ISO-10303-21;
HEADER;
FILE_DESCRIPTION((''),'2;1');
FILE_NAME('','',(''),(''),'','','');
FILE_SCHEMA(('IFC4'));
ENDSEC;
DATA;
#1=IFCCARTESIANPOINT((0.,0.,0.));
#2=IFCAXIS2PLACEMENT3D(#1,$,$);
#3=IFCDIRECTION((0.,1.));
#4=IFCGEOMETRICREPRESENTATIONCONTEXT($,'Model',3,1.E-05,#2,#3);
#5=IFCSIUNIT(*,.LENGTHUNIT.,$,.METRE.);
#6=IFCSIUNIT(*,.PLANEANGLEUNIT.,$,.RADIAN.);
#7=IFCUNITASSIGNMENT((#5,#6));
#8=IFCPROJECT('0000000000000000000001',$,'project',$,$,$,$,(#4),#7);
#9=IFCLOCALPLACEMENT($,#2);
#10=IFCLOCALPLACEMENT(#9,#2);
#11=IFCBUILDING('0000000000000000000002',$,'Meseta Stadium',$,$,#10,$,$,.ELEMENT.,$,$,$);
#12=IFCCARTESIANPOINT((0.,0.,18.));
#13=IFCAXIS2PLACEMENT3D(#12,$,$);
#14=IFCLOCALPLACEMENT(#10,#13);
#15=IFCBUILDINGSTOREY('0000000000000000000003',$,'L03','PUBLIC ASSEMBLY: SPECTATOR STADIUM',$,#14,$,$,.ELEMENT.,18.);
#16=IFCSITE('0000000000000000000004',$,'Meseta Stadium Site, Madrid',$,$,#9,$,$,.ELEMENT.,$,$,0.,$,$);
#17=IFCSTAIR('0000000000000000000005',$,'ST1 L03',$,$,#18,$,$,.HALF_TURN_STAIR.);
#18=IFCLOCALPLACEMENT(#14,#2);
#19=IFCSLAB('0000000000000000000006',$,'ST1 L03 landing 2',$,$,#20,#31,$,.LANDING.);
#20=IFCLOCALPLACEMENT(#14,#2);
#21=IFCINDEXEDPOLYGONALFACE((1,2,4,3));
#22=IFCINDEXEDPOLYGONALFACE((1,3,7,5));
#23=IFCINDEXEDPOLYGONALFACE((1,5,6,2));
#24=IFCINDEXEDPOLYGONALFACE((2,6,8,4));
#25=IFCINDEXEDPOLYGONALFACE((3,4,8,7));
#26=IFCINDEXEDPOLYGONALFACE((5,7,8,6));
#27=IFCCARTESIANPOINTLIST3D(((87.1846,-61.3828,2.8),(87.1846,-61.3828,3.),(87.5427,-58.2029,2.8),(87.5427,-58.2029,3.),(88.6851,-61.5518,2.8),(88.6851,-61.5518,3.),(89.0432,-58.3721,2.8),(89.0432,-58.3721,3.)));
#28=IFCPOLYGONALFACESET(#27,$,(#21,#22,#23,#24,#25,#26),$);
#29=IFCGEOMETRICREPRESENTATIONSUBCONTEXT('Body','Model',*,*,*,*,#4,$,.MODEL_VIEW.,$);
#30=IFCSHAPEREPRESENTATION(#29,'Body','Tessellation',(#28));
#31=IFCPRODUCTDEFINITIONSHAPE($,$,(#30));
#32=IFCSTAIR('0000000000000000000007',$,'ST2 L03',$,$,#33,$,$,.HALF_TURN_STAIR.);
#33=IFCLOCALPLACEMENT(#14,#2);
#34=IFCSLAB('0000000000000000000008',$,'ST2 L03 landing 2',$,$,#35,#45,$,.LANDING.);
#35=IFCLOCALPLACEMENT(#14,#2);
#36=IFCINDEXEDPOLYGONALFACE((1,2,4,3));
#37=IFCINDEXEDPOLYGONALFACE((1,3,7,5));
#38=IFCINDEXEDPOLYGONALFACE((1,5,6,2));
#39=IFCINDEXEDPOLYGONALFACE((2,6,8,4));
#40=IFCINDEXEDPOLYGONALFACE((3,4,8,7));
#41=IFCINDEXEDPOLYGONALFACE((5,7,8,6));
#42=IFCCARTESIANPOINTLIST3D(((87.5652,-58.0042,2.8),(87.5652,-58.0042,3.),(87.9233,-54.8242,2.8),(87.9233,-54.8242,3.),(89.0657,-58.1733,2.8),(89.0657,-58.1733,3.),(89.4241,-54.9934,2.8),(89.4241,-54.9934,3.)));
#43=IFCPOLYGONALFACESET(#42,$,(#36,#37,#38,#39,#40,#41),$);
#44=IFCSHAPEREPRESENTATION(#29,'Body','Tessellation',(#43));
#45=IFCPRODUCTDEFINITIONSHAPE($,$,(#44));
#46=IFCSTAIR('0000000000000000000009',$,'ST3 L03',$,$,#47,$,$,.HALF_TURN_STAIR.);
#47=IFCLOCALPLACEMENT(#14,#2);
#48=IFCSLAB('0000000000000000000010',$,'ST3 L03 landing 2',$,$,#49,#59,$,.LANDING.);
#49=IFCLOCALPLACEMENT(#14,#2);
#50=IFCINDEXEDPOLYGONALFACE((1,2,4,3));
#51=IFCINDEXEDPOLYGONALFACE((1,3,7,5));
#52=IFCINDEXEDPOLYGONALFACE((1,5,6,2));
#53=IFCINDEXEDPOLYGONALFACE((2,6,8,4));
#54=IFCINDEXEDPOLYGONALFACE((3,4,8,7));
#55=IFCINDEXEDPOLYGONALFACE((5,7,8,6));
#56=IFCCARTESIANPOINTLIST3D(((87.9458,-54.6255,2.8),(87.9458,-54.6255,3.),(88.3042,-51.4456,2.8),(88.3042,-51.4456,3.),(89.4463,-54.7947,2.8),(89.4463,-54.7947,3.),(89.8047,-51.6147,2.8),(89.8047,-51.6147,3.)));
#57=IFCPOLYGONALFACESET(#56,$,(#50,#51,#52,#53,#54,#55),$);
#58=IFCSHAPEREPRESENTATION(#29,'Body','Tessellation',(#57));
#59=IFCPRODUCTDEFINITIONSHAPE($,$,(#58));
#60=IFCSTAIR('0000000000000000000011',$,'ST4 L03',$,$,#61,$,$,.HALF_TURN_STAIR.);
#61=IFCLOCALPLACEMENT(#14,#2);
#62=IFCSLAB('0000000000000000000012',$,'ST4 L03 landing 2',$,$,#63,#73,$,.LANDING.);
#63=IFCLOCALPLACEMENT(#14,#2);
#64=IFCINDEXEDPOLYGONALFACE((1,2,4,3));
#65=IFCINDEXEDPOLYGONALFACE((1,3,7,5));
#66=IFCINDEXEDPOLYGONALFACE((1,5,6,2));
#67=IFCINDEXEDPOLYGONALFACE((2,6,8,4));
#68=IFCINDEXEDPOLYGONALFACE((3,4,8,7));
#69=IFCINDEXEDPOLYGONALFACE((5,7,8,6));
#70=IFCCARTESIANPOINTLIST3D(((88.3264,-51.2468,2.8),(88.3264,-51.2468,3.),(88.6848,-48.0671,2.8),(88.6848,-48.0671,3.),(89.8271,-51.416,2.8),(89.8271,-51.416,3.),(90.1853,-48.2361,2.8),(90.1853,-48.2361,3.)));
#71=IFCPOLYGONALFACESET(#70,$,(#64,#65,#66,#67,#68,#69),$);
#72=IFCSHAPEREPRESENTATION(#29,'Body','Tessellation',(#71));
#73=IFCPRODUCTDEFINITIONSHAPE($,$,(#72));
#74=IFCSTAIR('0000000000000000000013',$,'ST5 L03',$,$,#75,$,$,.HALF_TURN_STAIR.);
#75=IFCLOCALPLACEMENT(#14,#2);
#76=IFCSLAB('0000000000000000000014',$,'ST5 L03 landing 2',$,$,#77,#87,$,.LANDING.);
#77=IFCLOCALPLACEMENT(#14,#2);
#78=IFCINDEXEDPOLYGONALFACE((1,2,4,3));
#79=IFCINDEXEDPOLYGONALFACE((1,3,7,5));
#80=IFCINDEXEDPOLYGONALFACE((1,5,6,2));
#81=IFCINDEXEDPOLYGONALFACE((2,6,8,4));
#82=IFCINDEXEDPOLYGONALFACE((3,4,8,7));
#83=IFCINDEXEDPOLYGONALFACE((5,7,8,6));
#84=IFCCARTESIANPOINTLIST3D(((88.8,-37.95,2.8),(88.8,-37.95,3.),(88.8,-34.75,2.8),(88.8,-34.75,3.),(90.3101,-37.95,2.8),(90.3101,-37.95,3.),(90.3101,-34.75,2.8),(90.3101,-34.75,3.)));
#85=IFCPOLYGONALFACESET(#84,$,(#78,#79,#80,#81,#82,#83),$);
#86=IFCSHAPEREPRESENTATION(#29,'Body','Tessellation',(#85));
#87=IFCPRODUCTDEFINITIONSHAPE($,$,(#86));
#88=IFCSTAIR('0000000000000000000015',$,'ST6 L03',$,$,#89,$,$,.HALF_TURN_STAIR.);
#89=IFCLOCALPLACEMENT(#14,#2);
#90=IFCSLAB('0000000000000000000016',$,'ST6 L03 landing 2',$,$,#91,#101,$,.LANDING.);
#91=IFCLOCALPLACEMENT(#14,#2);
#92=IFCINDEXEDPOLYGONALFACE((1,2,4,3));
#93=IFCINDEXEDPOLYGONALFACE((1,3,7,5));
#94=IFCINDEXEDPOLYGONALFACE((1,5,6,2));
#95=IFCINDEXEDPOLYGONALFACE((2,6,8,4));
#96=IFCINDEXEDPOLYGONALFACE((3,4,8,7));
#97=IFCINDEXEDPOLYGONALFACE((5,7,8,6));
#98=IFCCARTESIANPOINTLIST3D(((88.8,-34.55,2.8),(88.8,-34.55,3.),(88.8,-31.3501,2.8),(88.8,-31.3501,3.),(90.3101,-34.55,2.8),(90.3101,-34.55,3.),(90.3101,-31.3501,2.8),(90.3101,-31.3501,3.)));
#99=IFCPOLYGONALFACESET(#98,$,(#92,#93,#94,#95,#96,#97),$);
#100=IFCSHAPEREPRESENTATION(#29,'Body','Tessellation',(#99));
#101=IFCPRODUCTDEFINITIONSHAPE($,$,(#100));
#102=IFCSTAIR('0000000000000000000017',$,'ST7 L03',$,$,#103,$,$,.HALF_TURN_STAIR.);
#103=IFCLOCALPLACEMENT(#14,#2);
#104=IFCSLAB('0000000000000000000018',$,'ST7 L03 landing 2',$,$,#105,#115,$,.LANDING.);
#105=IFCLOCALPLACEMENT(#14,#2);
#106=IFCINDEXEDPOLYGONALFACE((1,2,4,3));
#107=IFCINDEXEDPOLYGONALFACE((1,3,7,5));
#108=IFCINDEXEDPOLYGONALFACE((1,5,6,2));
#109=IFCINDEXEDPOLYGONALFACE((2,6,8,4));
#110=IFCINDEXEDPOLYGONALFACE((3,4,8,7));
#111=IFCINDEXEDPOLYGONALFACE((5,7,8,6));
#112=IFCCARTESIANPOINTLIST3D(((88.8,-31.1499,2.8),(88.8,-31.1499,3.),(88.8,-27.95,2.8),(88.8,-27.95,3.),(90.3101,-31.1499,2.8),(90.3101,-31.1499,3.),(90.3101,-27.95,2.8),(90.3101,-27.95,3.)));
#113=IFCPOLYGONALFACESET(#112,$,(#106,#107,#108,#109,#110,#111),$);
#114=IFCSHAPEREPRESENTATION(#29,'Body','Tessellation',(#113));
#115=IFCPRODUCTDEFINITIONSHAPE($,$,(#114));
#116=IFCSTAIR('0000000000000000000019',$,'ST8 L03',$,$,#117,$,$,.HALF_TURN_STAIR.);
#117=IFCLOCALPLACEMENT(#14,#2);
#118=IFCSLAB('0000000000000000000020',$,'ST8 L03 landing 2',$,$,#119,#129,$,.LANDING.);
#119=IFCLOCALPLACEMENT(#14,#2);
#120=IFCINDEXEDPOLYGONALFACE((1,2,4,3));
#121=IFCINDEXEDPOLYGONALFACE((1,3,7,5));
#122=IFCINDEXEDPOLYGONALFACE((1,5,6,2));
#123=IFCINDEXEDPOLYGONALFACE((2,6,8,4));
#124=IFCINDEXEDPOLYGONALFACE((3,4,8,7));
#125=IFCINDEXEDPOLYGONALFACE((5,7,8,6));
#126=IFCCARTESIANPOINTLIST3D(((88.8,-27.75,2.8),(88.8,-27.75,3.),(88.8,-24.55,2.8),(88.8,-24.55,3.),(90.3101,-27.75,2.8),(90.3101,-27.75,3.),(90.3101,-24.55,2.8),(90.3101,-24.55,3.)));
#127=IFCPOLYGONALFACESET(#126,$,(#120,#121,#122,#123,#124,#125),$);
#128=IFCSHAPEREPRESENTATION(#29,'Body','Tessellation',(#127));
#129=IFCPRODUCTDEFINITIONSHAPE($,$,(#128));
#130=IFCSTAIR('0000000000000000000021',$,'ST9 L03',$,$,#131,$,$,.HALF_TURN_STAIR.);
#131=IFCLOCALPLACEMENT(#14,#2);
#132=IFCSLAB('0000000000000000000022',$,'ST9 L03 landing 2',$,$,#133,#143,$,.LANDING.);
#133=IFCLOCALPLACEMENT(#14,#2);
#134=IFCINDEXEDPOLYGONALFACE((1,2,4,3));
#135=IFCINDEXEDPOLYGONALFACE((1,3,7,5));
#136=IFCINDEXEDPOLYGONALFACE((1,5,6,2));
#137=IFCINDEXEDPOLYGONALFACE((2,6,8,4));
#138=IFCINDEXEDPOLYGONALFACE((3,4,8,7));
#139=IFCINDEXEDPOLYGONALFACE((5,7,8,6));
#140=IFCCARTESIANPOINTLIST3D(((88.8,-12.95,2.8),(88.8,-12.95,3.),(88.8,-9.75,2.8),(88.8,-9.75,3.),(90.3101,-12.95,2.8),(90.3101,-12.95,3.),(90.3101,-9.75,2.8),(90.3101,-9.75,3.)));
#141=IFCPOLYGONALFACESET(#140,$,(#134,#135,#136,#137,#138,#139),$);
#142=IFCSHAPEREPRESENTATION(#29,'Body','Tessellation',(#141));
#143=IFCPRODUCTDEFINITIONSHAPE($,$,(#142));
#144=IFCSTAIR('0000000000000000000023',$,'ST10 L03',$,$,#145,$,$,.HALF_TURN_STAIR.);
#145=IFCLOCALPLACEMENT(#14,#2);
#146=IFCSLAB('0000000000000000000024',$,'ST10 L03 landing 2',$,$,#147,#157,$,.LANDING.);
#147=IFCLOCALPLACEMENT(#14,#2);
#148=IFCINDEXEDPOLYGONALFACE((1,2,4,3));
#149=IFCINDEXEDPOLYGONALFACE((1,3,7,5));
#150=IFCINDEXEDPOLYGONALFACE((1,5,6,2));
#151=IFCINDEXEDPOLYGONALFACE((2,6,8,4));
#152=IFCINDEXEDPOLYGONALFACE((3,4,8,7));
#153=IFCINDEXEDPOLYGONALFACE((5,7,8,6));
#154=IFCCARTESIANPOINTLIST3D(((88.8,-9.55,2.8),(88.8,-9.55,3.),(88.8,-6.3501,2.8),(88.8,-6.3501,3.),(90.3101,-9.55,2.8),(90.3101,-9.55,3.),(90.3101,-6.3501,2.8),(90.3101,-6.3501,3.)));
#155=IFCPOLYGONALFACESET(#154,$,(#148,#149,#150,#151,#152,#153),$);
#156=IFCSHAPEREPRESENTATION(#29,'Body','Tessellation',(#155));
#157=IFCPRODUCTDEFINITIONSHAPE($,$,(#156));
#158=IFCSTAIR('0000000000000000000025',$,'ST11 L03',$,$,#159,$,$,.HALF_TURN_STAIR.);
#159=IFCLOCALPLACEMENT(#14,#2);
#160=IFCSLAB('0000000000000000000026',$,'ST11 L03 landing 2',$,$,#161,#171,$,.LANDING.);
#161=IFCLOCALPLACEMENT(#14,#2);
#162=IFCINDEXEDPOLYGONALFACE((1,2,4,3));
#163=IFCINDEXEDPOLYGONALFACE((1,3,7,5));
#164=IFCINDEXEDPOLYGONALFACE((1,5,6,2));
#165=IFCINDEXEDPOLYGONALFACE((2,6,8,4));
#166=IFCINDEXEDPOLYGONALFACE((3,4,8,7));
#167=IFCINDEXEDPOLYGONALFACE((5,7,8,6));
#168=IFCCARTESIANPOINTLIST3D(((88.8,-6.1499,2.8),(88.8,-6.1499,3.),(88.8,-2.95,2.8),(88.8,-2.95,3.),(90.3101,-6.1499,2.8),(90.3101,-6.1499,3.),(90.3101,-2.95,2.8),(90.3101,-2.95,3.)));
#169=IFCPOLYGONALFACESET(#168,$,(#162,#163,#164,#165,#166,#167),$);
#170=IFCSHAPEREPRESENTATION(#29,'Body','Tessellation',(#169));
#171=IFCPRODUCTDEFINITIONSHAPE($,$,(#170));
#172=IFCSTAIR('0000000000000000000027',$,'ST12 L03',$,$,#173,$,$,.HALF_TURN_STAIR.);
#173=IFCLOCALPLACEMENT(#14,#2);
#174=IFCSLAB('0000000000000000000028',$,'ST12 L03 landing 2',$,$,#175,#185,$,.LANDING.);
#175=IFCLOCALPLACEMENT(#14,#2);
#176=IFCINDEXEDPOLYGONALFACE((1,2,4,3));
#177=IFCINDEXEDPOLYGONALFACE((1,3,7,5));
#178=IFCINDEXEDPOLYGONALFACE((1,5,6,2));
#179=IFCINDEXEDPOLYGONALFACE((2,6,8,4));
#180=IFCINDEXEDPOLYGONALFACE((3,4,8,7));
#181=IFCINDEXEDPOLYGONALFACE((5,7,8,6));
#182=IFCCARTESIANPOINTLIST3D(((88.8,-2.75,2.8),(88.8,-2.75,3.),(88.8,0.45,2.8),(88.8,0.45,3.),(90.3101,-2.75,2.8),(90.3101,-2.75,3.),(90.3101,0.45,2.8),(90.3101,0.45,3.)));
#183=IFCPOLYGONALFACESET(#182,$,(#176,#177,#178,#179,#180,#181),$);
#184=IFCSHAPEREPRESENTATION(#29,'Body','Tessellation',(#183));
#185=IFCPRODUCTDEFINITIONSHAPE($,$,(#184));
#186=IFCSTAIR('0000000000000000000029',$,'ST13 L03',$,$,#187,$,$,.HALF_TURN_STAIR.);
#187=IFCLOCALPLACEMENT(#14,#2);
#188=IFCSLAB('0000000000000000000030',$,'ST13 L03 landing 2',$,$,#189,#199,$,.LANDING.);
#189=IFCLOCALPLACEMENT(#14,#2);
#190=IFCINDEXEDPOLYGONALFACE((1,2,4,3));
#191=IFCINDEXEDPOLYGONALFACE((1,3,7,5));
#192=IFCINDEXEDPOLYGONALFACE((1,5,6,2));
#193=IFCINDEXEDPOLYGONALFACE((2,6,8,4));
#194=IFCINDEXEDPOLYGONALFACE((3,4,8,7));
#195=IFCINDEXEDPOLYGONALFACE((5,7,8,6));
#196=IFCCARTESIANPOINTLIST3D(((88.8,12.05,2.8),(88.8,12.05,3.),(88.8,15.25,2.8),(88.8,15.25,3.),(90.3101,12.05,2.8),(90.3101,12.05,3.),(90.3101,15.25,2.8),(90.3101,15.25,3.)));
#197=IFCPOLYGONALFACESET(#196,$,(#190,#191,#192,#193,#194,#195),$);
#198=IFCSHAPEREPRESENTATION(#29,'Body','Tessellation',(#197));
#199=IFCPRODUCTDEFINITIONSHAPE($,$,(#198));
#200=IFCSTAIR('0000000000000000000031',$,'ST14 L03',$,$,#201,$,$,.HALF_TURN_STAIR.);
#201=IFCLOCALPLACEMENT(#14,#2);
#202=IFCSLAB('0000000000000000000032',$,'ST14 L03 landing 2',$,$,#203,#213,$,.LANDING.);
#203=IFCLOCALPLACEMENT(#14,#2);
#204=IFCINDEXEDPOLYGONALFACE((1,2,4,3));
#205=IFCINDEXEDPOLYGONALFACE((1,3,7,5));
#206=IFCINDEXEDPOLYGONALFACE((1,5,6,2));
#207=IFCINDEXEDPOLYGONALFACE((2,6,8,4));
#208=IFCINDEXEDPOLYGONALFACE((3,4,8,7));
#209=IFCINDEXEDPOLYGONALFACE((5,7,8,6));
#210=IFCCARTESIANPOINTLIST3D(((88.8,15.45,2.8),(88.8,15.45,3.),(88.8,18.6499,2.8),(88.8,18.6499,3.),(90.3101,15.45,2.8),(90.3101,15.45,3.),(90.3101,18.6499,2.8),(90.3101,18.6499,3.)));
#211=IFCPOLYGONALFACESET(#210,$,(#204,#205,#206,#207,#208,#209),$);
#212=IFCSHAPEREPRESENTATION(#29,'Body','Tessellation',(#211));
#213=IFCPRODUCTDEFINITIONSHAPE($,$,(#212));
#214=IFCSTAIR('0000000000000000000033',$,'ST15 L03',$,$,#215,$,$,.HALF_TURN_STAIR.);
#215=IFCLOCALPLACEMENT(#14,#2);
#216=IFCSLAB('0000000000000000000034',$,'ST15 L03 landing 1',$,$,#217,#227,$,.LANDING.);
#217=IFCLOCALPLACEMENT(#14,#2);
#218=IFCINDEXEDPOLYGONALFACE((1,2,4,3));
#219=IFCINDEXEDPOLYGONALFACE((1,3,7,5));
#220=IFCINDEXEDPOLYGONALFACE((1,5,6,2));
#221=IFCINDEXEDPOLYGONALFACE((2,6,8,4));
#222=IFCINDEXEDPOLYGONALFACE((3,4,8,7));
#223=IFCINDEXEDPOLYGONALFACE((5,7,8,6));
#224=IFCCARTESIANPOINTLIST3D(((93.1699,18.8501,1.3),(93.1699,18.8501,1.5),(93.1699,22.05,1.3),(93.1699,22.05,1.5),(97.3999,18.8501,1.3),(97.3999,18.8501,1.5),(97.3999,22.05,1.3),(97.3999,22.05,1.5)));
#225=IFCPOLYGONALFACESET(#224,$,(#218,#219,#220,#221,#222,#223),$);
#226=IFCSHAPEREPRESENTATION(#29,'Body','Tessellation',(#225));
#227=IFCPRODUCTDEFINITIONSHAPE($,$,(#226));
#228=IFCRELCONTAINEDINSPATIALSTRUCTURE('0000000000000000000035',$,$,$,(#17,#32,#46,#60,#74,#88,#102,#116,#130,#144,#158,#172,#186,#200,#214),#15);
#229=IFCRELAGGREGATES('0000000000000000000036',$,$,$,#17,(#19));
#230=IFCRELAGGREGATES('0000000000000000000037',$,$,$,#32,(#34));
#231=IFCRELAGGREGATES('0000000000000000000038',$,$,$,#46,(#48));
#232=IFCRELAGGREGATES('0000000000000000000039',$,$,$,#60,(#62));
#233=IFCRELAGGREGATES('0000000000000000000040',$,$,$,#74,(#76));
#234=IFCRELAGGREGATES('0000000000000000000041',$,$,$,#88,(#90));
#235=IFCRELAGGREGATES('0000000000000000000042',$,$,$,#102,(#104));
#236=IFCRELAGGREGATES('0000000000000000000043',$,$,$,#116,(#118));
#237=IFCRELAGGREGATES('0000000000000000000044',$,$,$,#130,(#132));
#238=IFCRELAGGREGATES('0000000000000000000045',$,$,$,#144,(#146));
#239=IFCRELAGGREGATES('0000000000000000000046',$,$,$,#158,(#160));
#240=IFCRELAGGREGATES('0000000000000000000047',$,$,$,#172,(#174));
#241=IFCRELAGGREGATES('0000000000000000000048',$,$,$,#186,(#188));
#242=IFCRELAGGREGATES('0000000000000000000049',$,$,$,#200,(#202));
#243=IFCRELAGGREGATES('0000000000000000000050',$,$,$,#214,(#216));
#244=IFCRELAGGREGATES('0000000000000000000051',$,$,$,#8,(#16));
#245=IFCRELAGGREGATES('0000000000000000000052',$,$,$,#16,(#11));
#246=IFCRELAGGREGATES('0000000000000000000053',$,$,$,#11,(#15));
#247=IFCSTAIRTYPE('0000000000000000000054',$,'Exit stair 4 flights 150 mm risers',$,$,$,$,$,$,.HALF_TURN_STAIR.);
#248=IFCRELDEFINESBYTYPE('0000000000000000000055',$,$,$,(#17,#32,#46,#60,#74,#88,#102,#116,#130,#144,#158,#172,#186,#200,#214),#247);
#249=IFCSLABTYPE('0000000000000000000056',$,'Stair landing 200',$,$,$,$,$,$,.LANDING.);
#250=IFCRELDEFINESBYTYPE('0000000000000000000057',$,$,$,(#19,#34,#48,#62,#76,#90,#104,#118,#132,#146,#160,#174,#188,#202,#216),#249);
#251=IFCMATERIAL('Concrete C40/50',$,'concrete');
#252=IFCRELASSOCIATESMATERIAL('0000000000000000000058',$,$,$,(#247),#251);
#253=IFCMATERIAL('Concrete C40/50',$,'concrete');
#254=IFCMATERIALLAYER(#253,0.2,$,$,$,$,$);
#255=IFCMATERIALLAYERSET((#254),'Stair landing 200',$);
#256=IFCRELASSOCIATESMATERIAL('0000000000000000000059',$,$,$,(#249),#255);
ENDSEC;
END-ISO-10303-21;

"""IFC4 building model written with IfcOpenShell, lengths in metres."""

from ifc_helpers import new_model, si_unit, direction, frame, origin, place, context, subcontext, project, spatial, polyline, outline, extrude, material, layer, layer_set, type_object, element, aggregate, save


model = new_model("IFC4")

# Units and contexts
model_context = context("Model", 3, precision=1e-05, world=origin(), true_north=direction((0.0, 1.0)))
body_context = subcontext(model_context, "Body", "Model", "MODEL_VIEW")
ifc_project = project(units=[si_unit("LENGTHUNIT", "METRE"), si_unit("PLANEANGLEUNIT", "RADIAN")], contexts=[model_context])

# Site, building, storey
site_placement = place(None, origin())
site = spatial("IfcSite", under=ifc_project, at=site_placement, Name="Meseta Stadium Site, Madrid", CompositionType="ELEMENT", RefElevation=0.0)
building_placement = place(site_placement, origin())
building = spatial("IfcBuilding", under=site, at=building_placement, Name="Meseta Stadium", CompositionType="ELEMENT")
storey_placement = place(building_placement, frame((0.0, 0.0, 18.0)))
storey = spatial("IfcBuildingStorey", under=building, at=storey_placement, Name="L03", Description="PUBLIC ASSEMBLY: SPECTATOR STADIUM", CompositionType="ELEMENT", Elevation=18.0)

# Stairs, slabs
ifc_material_1 = material(Name="Concrete C40/50", Category="concrete")
stair_type = type_object("IfcStairType", Name="Exit stair 4 flights 150 mm risers", PredefinedType="HALF_TURN_STAIR", material=ifc_material_1)
stair_1_placement = place(storey_placement, origin())
stair_1 = element("IfcStair", 1, at=stair_1_placement, inside=storey, type_object=stair_type, Name="ST1 L03", PredefinedType="HALF_TURN_STAIR")
ifc_material_2 = material(Name="Concrete C40/50", Category="concrete")
ifc_layer = layer(ifc_material_2, 0.2)
ifc_layer_set = layer_set([ifc_layer], Name="Stair landing 200")
slab_type = type_object("IfcSlabType", Name="Stair landing 200", PredefinedType="LANDING", material=ifc_layer_set)
slab_1_placement = place(storey_placement, frame((0.0, 0.0, 2.8)))
slab_1 = element("IfcSlab", 2, at=slab_1_placement, type_object=slab_type, Name="ST1 L03 landing 2", PredefinedType="LANDING", context=body_context, shape_type="SweptSolid", body=[
    extrude(outline(polyline([(87.1846, -61.3828), (88.6851, -61.5518), (89.0432, -58.3721), (87.5427, -58.2029), (87.1846, -61.3828)])), origin(), (0.0, 0.0, 1.0), 0.2),
])
aggregate(stair_1, [slab_1])
stair_2_placement = place(storey_placement, origin())
stair_2 = element("IfcStair", 3, at=stair_2_placement, inside=storey, type_object=stair_type, Name="ST2 L03", PredefinedType="HALF_TURN_STAIR")
slab_2_placement = place(storey_placement, frame((0.0, 0.0, 2.8)))
slab_2 = element("IfcSlab", 4, at=slab_2_placement, type_object=slab_type, Name="ST2 L03 landing 2", PredefinedType="LANDING", context=body_context, shape_type="SweptSolid", body=[
    extrude(outline(polyline([(87.5652, -58.0042), (89.0657, -58.1733), (89.4241, -54.9934), (87.9233, -54.8242), (87.5652, -58.0042)])), origin(), (0.0, 0.0, 1.0), 0.2),
])
aggregate(stair_2, [slab_2])
stair_3_placement = place(storey_placement, origin())
stair_3 = element("IfcStair", 5, at=stair_3_placement, inside=storey, type_object=stair_type, Name="ST3 L03", PredefinedType="HALF_TURN_STAIR")
slab_3_placement = place(storey_placement, frame((0.0, 0.0, 2.8)))
slab_3 = element("IfcSlab", 6, at=slab_3_placement, type_object=slab_type, Name="ST3 L03 landing 2", PredefinedType="LANDING", context=body_context, shape_type="SweptSolid", body=[
    extrude(outline(polyline([(87.9458, -54.6255), (89.4463, -54.7947), (89.8047, -51.6147), (88.3042, -51.4456), (87.9458, -54.6255)])), origin(), (0.0, 0.0, 1.0), 0.2),
])
aggregate(stair_3, [slab_3])
stair_4_placement = place(storey_placement, origin())
stair_4 = element("IfcStair", 7, at=stair_4_placement, inside=storey, type_object=stair_type, Name="ST4 L03", PredefinedType="HALF_TURN_STAIR")
slab_4_placement = place(storey_placement, frame((0.0, 0.0, 2.8)))
slab_4 = element("IfcSlab", 8, at=slab_4_placement, type_object=slab_type, Name="ST4 L03 landing 2", PredefinedType="LANDING", context=body_context, shape_type="SweptSolid", body=[
    extrude(outline(polyline([(88.3264, -51.2468), (89.8271, -51.416), (90.1853, -48.2361), (88.6848, -48.0671), (88.3264, -51.2468)])), origin(), (0.0, 0.0, 1.0), 0.2),
])
aggregate(stair_4, [slab_4])
stair_5_placement = place(storey_placement, origin())
stair_5 = element("IfcStair", 9, at=stair_5_placement, inside=storey, type_object=stair_type, Name="ST5 L03", PredefinedType="HALF_TURN_STAIR")
slab_5_placement = place(storey_placement, frame((0.0, 0.0, 2.8)))
slab_5 = element("IfcSlab", 10, at=slab_5_placement, type_object=slab_type, Name="ST5 L03 landing 2", PredefinedType="LANDING", context=body_context, shape_type="SweptSolid", body=[
    extrude(outline(polyline([(88.8, -37.95), (90.3101, -37.95), (90.3101, -34.75), (88.8, -34.75), (88.8, -37.95)])), origin(), (0.0, 0.0, 1.0), 0.2),
])
aggregate(stair_5, [slab_5])
stair_6_placement = place(storey_placement, origin())
stair_6 = element("IfcStair", 11, at=stair_6_placement, inside=storey, type_object=stair_type, Name="ST6 L03", PredefinedType="HALF_TURN_STAIR")
slab_6_placement = place(storey_placement, frame((0.0, 0.0, 2.8)))
slab_6 = element("IfcSlab", 12, at=slab_6_placement, type_object=slab_type, Name="ST6 L03 landing 2", PredefinedType="LANDING", context=body_context, shape_type="SweptSolid", body=[
    extrude(outline(polyline([(88.8, -34.55), (90.3101, -34.55), (90.3101, -31.3501), (88.8, -31.3501), (88.8, -34.55)])), origin(), (0.0, 0.0, 1.0), 0.2),
])
aggregate(stair_6, [slab_6])
stair_7_placement = place(storey_placement, origin())
stair_7 = element("IfcStair", 13, at=stair_7_placement, inside=storey, type_object=stair_type, Name="ST7 L03", PredefinedType="HALF_TURN_STAIR")
slab_7_placement = place(storey_placement, frame((0.0, 0.0, 2.8)))
slab_7 = element("IfcSlab", 14, at=slab_7_placement, type_object=slab_type, Name="ST7 L03 landing 2", PredefinedType="LANDING", context=body_context, shape_type="SweptSolid", body=[
    extrude(outline(polyline([(88.8, -31.1499), (90.3101, -31.1499), (90.3101, -27.95), (88.8, -27.95), (88.8, -31.1499)])), origin(), (0.0, 0.0, 1.0), 0.2),
])
aggregate(stair_7, [slab_7])
stair_8_placement = place(storey_placement, origin())
stair_8 = element("IfcStair", 15, at=stair_8_placement, inside=storey, type_object=stair_type, Name="ST8 L03", PredefinedType="HALF_TURN_STAIR")
slab_8_placement = place(storey_placement, frame((0.0, 0.0, 2.8)))
slab_8 = element("IfcSlab", 16, at=slab_8_placement, type_object=slab_type, Name="ST8 L03 landing 2", PredefinedType="LANDING", context=body_context, shape_type="SweptSolid", body=[
    extrude(outline(polyline([(88.8, -27.75), (90.3101, -27.75), (90.3101, -24.55), (88.8, -24.55), (88.8, -27.75)])), origin(), (0.0, 0.0, 1.0), 0.2),
])
aggregate(stair_8, [slab_8])
stair_9_placement = place(storey_placement, origin())
stair_9 = element("IfcStair", 17, at=stair_9_placement, inside=storey, type_object=stair_type, Name="ST9 L03", PredefinedType="HALF_TURN_STAIR")
slab_9_placement = place(storey_placement, frame((0.0, 0.0, 2.8)))
slab_9 = element("IfcSlab", 18, at=slab_9_placement, type_object=slab_type, Name="ST9 L03 landing 2", PredefinedType="LANDING", context=body_context, shape_type="SweptSolid", body=[
    extrude(outline(polyline([(88.8, -12.95), (90.3101, -12.95), (90.3101, -9.75), (88.8, -9.75), (88.8, -12.95)])), origin(), (0.0, 0.0, 1.0), 0.2),
])
aggregate(stair_9, [slab_9])
stair_10_placement = place(storey_placement, origin())
stair_10 = element("IfcStair", 19, at=stair_10_placement, inside=storey, type_object=stair_type, Name="ST10 L03", PredefinedType="HALF_TURN_STAIR")
slab_10_placement = place(storey_placement, frame((0.0, 0.0, 2.8)))
slab_10 = element("IfcSlab", 20, at=slab_10_placement, type_object=slab_type, Name="ST10 L03 landing 2", PredefinedType="LANDING", context=body_context, shape_type="SweptSolid", body=[
    extrude(outline(polyline([(88.8, -9.55), (90.3101, -9.55), (90.3101, -6.3501), (88.8, -6.3501), (88.8, -9.55)])), origin(), (0.0, 0.0, 1.0), 0.2),
])
aggregate(stair_10, [slab_10])
stair_11_placement = place(storey_placement, origin())
stair_11 = element("IfcStair", 21, at=stair_11_placement, inside=storey, type_object=stair_type, Name="ST11 L03", PredefinedType="HALF_TURN_STAIR")
slab_11_placement = place(storey_placement, frame((0.0, 0.0, 2.8)))
slab_11 = element("IfcSlab", 22, at=slab_11_placement, type_object=slab_type, Name="ST11 L03 landing 2", PredefinedType="LANDING", context=body_context, shape_type="SweptSolid", body=[
    extrude(outline(polyline([(88.8, -6.1499), (90.3101, -6.1499), (90.3101, -2.95), (88.8, -2.95), (88.8, -6.1499)])), origin(), (0.0, 0.0, 1.0), 0.2),
])
aggregate(stair_11, [slab_11])
stair_12_placement = place(storey_placement, origin())
stair_12 = element("IfcStair", 23, at=stair_12_placement, inside=storey, type_object=stair_type, Name="ST12 L03", PredefinedType="HALF_TURN_STAIR")
slab_12_placement = place(storey_placement, frame((0.0, 0.0, 2.8)))
slab_12 = element("IfcSlab", 24, at=slab_12_placement, type_object=slab_type, Name="ST12 L03 landing 2", PredefinedType="LANDING", context=body_context, shape_type="SweptSolid", body=[
    extrude(outline(polyline([(88.8, -2.75), (90.3101, -2.75), (90.3101, 0.45), (88.8, 0.45), (88.8, -2.75)])), origin(), (0.0, 0.0, 1.0), 0.2),
])
aggregate(stair_12, [slab_12])
stair_13_placement = place(storey_placement, origin())
stair_13 = element("IfcStair", 25, at=stair_13_placement, inside=storey, type_object=stair_type, Name="ST13 L03", PredefinedType="HALF_TURN_STAIR")
slab_13_placement = place(storey_placement, frame((0.0, 0.0, 2.8)))
slab_13 = element("IfcSlab", 26, at=slab_13_placement, type_object=slab_type, Name="ST13 L03 landing 2", PredefinedType="LANDING", context=body_context, shape_type="SweptSolid", body=[
    extrude(outline(polyline([(88.8, 12.05), (90.3101, 12.05), (90.3101, 15.25), (88.8, 15.25), (88.8, 12.05)])), origin(), (0.0, 0.0, 1.0), 0.2),
])
aggregate(stair_13, [slab_13])
stair_14_placement = place(storey_placement, origin())
stair_14 = element("IfcStair", 27, at=stair_14_placement, inside=storey, type_object=stair_type, Name="ST14 L03", PredefinedType="HALF_TURN_STAIR")
slab_14_placement = place(storey_placement, frame((0.0, 0.0, 2.8)))
slab_14 = element("IfcSlab", 28, at=slab_14_placement, type_object=slab_type, Name="ST14 L03 landing 2", PredefinedType="LANDING", context=body_context, shape_type="SweptSolid", body=[
    extrude(outline(polyline([(88.8, 15.45), (90.3101, 15.45), (90.3101, 18.6499), (88.8, 18.6499), (88.8, 15.45)])), origin(), (0.0, 0.0, 1.0), 0.2),
])
aggregate(stair_14, [slab_14])

# Stair, slab
stair_15_placement = place(storey_placement, origin())
stair_15 = element("IfcStair", 29, at=stair_15_placement, inside=storey, type_object=stair_type, Name="ST15 L03", PredefinedType="HALF_TURN_STAIR")
slab_15_placement = place(storey_placement, frame((0.0, 0.0, 1.3)))
slab_15 = element("IfcSlab", 30, at=slab_15_placement, type_object=slab_type, Name="ST15 L03 landing 1", PredefinedType="LANDING", context=body_context, shape_type="SweptSolid", body=[
    extrude(outline(polyline([(93.1699, 18.8501), (97.3999, 18.8501), (97.3999, 22.05), (93.1699, 22.05), (93.1699, 18.8501)])), origin(), (0.0, 0.0, 1.0), 0.2),
])
aggregate(stair_15, [slab_15])

save(model, "model.ifc")
